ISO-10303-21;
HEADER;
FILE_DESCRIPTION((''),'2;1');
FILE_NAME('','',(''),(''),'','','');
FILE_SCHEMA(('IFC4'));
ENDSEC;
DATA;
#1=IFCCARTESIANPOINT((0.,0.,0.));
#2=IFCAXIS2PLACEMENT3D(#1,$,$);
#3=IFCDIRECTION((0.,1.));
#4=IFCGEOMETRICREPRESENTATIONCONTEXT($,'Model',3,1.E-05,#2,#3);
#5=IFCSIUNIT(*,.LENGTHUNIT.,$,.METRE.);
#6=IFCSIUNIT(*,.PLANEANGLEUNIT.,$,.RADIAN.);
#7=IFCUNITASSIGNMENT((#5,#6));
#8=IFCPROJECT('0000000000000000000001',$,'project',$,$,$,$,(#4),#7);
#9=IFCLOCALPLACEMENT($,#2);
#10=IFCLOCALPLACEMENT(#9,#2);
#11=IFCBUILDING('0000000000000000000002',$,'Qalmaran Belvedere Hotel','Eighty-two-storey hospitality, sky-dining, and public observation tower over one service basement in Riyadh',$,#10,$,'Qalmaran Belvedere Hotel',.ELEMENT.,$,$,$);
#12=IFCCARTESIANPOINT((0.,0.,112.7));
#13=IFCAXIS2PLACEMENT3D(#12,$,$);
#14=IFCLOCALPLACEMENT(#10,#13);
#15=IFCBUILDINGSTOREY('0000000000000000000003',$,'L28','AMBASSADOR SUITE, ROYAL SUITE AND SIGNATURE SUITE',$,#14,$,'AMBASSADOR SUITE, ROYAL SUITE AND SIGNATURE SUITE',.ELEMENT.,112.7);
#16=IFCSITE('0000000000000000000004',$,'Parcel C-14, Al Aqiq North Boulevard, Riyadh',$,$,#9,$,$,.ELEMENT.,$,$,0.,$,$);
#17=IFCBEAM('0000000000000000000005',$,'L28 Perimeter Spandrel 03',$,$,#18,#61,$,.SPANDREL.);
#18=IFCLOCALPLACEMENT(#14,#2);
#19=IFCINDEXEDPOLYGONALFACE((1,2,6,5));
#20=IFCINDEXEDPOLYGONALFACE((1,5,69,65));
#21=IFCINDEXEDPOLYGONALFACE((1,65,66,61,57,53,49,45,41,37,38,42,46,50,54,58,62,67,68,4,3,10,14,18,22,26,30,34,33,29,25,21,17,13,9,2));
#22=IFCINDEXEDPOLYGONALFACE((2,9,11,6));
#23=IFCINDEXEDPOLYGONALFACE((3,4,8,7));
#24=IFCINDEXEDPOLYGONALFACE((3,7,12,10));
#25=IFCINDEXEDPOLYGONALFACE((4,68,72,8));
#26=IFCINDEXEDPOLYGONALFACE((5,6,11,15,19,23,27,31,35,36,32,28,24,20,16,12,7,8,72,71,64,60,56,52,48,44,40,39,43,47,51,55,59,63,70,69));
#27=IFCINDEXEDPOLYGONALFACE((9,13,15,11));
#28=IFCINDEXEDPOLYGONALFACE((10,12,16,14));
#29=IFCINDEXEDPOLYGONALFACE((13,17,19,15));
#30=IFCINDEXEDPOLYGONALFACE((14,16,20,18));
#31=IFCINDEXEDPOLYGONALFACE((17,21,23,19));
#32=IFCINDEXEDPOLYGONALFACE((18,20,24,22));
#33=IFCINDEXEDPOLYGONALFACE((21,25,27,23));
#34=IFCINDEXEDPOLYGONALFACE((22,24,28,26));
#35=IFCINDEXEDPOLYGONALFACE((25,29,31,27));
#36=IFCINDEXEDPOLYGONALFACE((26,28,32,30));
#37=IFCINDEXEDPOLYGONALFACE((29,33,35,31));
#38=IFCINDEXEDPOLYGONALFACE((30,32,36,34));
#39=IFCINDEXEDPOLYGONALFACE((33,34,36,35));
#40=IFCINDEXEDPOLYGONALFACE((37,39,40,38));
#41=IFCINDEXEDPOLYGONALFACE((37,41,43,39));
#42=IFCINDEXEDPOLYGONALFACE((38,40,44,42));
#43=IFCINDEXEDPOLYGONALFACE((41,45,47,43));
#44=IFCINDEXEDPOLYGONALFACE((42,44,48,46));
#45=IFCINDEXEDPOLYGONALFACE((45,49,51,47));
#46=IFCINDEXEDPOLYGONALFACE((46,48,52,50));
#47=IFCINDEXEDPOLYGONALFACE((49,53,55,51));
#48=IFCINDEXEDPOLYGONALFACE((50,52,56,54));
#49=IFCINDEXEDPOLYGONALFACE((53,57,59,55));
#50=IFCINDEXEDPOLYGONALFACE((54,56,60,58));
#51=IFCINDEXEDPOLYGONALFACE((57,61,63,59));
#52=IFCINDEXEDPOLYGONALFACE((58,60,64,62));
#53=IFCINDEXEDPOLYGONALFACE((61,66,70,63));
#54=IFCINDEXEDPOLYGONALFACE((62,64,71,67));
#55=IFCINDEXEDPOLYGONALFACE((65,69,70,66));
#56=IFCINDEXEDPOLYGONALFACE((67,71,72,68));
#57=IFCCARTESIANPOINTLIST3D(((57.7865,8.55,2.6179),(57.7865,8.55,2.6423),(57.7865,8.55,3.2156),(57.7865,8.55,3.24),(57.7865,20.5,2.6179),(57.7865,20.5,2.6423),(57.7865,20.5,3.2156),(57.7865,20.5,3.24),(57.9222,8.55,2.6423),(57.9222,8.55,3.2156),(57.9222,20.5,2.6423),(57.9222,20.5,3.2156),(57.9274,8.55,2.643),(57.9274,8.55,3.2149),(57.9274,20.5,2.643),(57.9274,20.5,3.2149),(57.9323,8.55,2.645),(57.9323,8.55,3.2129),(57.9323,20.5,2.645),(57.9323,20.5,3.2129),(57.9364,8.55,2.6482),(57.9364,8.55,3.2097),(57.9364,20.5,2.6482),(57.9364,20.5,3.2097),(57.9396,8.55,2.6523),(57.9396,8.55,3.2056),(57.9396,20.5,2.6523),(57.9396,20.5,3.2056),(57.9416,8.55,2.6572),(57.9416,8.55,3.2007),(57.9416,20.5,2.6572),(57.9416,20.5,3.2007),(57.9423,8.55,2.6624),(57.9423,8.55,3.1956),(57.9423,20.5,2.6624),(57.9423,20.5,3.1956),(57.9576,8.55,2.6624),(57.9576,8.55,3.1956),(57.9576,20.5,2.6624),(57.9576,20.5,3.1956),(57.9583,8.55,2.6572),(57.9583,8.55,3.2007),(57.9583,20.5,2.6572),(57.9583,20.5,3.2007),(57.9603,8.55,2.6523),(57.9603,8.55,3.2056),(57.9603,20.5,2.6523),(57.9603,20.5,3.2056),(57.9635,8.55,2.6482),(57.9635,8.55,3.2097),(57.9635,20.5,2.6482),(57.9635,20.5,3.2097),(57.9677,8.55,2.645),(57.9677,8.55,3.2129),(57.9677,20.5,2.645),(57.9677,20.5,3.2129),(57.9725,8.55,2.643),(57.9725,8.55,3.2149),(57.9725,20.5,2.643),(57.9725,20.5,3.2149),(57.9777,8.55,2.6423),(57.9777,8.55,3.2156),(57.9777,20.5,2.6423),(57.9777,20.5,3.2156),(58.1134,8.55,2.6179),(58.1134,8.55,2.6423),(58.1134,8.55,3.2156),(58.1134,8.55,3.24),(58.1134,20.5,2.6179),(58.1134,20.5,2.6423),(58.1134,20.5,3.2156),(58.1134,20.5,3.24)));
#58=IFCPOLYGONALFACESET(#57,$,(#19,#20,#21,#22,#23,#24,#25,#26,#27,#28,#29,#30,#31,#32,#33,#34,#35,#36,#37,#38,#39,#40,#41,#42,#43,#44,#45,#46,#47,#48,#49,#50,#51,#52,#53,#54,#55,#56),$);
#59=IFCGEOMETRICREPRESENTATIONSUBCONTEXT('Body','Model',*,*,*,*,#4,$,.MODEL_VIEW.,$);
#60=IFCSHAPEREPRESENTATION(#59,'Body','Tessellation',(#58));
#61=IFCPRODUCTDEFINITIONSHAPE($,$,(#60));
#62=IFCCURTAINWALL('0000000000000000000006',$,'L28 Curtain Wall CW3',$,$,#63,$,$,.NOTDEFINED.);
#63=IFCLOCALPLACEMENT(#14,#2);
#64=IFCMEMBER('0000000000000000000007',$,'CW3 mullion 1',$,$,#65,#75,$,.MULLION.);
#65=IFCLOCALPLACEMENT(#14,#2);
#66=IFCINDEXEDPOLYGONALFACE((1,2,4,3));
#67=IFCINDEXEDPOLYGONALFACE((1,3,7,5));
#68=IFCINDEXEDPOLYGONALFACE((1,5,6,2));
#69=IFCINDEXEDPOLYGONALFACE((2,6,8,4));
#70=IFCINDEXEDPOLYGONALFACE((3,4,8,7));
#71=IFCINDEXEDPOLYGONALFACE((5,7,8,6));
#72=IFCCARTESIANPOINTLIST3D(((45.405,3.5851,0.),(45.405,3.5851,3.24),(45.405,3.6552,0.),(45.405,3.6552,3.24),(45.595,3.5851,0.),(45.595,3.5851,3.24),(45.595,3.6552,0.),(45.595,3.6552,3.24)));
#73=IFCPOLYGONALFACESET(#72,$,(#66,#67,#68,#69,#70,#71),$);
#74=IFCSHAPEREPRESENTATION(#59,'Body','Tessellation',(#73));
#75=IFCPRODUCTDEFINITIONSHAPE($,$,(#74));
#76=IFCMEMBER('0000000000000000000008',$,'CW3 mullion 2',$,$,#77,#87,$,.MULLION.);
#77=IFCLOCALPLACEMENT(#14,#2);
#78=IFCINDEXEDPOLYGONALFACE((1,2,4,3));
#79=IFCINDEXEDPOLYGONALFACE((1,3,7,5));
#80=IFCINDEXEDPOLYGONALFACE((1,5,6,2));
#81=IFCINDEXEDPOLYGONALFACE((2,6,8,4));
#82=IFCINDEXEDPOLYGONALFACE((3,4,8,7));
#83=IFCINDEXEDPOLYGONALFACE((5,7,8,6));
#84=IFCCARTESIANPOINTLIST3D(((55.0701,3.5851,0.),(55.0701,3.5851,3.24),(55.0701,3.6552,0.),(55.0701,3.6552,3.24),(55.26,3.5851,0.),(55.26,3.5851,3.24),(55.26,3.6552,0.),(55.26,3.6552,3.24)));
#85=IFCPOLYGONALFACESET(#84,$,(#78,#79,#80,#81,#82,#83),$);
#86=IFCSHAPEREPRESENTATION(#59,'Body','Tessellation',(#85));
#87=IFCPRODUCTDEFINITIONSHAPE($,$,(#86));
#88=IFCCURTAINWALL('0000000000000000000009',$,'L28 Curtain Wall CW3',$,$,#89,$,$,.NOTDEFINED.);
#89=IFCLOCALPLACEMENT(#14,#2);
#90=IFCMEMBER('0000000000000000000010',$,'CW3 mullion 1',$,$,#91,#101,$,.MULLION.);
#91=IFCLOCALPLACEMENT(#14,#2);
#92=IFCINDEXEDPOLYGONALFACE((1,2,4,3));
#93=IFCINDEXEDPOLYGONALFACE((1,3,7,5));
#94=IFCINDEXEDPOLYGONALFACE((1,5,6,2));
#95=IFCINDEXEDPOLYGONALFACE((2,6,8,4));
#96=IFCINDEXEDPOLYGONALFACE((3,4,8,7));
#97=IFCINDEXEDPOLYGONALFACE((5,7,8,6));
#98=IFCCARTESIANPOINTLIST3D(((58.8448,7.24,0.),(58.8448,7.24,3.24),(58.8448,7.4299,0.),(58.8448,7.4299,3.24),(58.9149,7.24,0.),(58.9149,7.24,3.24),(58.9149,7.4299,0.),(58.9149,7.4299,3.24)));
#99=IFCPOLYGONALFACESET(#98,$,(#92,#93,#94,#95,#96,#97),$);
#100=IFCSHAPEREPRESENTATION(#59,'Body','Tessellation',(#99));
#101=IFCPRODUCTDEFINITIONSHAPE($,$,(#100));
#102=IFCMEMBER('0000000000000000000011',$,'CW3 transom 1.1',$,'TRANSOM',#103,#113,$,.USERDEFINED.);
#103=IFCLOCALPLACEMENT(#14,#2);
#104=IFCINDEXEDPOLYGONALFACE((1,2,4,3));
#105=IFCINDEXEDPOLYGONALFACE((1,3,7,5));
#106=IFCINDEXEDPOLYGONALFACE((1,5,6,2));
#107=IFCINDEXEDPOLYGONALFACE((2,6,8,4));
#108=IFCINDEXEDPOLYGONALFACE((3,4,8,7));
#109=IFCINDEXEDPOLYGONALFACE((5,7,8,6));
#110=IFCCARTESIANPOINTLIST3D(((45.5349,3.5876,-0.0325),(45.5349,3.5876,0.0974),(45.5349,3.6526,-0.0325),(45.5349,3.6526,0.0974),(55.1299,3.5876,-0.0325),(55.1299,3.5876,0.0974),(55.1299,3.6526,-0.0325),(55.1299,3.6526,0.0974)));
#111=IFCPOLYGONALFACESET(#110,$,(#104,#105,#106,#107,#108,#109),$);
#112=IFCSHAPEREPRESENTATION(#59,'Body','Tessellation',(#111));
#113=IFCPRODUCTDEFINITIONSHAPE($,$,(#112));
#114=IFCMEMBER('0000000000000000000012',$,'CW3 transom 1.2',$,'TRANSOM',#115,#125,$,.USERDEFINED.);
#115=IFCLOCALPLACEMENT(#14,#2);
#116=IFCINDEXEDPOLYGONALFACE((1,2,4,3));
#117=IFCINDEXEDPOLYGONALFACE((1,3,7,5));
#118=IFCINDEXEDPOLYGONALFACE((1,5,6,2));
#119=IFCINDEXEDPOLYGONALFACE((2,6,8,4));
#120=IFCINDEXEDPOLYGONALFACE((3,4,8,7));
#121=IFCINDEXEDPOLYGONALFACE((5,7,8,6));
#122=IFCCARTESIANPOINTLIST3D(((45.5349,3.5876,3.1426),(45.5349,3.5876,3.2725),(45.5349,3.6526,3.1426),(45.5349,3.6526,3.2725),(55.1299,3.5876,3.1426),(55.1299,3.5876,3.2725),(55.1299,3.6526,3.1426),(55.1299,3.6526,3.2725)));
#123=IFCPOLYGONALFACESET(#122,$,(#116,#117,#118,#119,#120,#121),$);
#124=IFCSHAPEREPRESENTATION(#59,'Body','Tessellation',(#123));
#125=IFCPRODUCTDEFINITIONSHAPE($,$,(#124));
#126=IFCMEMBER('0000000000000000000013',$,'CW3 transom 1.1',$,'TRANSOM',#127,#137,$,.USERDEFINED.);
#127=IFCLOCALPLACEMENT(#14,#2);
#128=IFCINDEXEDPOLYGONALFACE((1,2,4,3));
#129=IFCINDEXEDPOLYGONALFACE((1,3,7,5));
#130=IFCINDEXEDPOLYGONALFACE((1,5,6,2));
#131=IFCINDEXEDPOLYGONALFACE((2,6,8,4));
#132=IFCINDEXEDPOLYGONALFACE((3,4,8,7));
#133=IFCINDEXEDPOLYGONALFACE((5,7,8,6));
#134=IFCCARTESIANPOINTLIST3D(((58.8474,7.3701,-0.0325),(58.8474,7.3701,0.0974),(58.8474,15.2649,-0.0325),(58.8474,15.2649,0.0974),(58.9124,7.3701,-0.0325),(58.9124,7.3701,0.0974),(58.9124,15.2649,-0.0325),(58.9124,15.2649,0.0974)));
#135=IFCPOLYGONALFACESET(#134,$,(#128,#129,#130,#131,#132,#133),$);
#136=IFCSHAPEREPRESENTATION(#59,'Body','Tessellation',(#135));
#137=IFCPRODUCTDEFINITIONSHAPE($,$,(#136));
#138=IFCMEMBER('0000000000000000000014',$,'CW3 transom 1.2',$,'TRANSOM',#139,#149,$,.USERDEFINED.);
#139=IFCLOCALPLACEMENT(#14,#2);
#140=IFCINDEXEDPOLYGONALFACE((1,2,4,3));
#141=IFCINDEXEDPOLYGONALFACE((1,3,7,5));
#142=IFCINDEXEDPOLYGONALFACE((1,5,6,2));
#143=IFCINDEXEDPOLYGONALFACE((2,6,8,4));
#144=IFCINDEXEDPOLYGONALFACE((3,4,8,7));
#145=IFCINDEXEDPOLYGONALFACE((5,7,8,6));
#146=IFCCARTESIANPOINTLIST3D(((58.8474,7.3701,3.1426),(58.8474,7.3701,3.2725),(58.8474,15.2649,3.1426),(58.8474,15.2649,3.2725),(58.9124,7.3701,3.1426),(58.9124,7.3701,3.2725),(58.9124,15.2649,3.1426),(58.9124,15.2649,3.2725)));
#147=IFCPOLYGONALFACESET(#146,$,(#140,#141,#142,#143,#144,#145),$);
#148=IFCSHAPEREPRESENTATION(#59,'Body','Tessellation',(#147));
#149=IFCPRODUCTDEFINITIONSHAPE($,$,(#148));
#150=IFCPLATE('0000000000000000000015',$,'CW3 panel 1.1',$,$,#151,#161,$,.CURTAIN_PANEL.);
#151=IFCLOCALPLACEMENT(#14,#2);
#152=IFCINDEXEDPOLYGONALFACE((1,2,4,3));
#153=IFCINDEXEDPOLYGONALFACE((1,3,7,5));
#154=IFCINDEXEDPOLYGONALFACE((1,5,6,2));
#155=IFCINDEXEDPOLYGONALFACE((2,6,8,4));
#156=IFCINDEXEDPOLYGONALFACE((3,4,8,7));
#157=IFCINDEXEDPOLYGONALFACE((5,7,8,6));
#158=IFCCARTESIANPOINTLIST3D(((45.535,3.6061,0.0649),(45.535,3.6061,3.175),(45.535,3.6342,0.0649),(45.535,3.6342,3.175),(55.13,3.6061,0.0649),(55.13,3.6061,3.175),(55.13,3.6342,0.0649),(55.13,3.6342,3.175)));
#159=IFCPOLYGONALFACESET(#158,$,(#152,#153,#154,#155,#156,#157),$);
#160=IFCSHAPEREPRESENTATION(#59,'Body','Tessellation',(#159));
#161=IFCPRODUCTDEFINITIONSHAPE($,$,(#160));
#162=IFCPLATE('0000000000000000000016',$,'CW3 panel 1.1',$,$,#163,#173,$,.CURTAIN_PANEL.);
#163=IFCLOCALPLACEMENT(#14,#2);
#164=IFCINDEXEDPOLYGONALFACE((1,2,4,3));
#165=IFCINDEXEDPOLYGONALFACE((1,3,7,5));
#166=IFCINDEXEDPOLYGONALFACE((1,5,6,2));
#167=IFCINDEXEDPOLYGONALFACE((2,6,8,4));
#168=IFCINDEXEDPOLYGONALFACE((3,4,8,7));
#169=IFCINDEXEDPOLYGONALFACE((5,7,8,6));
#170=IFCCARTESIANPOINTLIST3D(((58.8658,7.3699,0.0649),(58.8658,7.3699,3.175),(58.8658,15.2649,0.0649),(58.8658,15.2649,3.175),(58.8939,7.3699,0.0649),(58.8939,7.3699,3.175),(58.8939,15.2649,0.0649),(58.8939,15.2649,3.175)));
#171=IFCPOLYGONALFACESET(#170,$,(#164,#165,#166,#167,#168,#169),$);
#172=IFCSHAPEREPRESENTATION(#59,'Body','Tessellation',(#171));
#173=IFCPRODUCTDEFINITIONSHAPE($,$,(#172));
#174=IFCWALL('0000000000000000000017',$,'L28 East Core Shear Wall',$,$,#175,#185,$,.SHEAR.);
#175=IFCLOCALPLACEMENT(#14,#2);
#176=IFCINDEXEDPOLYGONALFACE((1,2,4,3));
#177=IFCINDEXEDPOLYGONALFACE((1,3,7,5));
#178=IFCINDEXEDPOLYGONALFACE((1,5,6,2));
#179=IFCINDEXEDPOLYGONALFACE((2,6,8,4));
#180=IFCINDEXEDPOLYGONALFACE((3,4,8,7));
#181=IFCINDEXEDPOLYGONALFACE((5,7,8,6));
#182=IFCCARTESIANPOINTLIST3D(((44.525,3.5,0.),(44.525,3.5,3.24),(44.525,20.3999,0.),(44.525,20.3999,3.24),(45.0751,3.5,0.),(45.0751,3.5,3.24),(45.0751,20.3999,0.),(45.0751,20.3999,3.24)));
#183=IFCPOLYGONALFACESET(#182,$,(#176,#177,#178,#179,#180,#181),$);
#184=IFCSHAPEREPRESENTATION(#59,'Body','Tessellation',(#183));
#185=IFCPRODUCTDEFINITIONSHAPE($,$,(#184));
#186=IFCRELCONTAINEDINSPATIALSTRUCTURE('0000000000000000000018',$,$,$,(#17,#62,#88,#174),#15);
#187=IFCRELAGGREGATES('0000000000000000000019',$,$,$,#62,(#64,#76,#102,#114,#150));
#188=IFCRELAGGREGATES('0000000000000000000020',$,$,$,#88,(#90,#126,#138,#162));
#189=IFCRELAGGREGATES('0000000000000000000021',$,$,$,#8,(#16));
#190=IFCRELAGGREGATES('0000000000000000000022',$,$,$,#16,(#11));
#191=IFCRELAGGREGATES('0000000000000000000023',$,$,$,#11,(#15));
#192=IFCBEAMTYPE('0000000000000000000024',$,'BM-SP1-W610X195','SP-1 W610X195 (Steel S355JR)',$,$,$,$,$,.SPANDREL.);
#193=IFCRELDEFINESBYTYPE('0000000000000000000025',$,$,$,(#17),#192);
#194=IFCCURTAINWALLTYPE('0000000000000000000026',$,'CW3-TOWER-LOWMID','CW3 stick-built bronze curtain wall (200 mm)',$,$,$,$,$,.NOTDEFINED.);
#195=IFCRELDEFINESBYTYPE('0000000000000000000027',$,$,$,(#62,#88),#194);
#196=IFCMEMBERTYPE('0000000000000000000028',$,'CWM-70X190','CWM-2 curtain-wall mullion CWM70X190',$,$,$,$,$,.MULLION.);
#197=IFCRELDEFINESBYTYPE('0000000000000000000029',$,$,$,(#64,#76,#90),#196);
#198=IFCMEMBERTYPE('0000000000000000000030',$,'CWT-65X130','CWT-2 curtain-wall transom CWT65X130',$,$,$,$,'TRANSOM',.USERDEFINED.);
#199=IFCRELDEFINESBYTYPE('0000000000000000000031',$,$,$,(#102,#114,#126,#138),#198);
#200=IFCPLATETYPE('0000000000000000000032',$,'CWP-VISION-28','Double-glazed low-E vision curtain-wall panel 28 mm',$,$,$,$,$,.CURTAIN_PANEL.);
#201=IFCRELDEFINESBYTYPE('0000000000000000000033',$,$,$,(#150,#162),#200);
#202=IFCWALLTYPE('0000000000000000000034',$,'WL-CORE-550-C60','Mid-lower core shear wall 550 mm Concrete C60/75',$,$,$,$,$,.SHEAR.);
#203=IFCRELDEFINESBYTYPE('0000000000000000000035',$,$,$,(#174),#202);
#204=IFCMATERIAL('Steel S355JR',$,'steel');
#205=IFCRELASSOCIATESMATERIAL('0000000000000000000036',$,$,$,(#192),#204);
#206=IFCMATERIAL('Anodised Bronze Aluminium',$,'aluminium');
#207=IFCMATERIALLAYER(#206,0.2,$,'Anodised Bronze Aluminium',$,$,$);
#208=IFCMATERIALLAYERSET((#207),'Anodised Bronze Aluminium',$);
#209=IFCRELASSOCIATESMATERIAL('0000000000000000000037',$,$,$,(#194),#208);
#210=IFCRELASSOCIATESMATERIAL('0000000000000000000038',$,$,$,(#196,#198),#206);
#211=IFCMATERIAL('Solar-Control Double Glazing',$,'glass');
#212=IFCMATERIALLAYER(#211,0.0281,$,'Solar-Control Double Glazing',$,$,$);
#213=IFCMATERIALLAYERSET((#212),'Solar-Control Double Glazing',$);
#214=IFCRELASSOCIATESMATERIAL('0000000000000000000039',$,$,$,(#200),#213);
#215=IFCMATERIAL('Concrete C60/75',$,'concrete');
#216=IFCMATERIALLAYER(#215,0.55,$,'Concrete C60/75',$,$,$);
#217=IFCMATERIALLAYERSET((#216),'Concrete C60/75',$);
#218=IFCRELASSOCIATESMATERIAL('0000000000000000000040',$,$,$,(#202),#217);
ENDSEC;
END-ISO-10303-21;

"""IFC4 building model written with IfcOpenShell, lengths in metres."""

from ifc_helpers import new_model, si_unit, direction, frame, frame_2d, origin, origin_2d, place, context, subcontext, project, spatial, rectangle, i_section, extrude, material, layer, layer_set, material_profile, profile_set, type_object, element, aggregate, save


model = new_model("IFC4")

# Units and contexts
model_context = context("Model", 3, precision=1e-05, world=origin(), true_north=direction((0.0, 1.0)))
body_context = subcontext(model_context, "Body", "Model", "MODEL_VIEW")
ifc_project = project(units=[si_unit("LENGTHUNIT", "METRE"), si_unit("PLANEANGLEUNIT", "RADIAN")], contexts=[model_context])

# Site, building, storey
site_placement = place(None, origin())
site = spatial("IfcSite", under=ifc_project, at=site_placement, Name="Parcel C-14, Al Aqiq North Boulevard, Riyadh", CompositionType="ELEMENT", RefElevation=0.0)
building_placement = place(site_placement, origin())
building = spatial("IfcBuilding", under=site, at=building_placement, Name="Qalmaran Belvedere Hotel", Description="Eighty-two-storey hospitality, sky-dining, and public observation tower over one service basement in Riyadh", LongName="Qalmaran Belvedere Hotel", CompositionType="ELEMENT")
storey_placement = place(building_placement, frame((0.0, 0.0, 112.7)))
storey = spatial("IfcBuildingStorey", under=building, at=storey_placement, Name="L28", Description="AMBASSADOR SUITE, ROYAL SUITE AND SIGNATURE SUITE", LongName="AMBASSADOR SUITE, ROYAL SUITE AND SIGNATURE SUITE", CompositionType="ELEMENT", Elevation=112.7)

# Shared definitions
ifc_material_1 = material(Name="Concrete C60/75", Category="concrete")

# Beam
ifc_material_2 = material(Name="Steel S355JR", Category="steel")
ifc_material_profile_1 = material_profile(ifc_material_2, i_section(OverallWidth=0.3269, OverallDepth=0.6221, WebThickness=0.0154, FlangeThickness=0.0244, FilletRadius=0.02, at=origin_2d()), Name="W610X195")
ifc_profile_set_1 = profile_set([ifc_material_profile_1], Name="Steel S355JR")
beam_type_1 = type_object("IfcBeamType", Name="BM-SP1-W610X195", Description="SP-1 W610X195 (Steel S355JR)", PredefinedType="SPANDREL", material=ifc_profile_set_1)
beam_1_placement = place(storey_placement, frame((57.95, 8.55, 2.929), z_axis=(0.0, 1.0, 0.0), x_axis=(-1.0, 0.0, 0.0)))
element("IfcBeam", 1, at=beam_1_placement, inside=storey, type_object=beam_type_1, Name="L28 Perimeter Spandrel 03", PredefinedType="SPANDREL", context=body_context, shape_type="SweptSolid", body=[
    extrude(i_section(OverallWidth=0.3269, OverallDepth=0.6221, WebThickness=0.0154, FlangeThickness=0.0244, FilletRadius=0.02, at=origin_2d()), origin(), (0.0, 0.0, 1.0), 11.95),
])

# Curtain wall, members
ifc_material_3 = material(Name="Anodised Bronze Aluminium", Category="aluminium")
ifc_layer_1 = layer(ifc_material_3, 0.2, Name="Anodised Bronze Aluminium")
ifc_layer_set_1 = layer_set([ifc_layer_1], Name="Anodised Bronze Aluminium")
curtain_wall_type = type_object("IfcCurtainWallType", Name="CW3-TOWER-LOWMID", Description="CW3 stick-built bronze curtain wall (200 mm)", PredefinedType="NOTDEFINED", material=ifc_layer_set_1)
curtain_wall_1_placement = place(storey_placement, origin())
curtain_wall_1 = element("IfcCurtainWall", 2, at=curtain_wall_1_placement, inside=storey, type_object=curtain_wall_type, Name="L28 Curtain Wall CW3", PredefinedType="NOTDEFINED")
ifc_material_profile_2 = material_profile(ifc_material_3, rectangle(XDim=0.0701, YDim=0.1899, at=origin_2d()), Name="CWM70X190")
ifc_profile_set_2 = profile_set([ifc_material_profile_2], Name="Anodised Bronze Aluminium")
member_type_1 = type_object("IfcMemberType", Name="CWM-70X190", Description="CWM-2 curtain-wall mullion CWM70X190", PredefinedType="MULLION", material=ifc_profile_set_2)
member_1_placement = place(storey_placement, frame((45.5, 3.6201, 0.0), z_axis=(0.0, 0.0, 1.0), x_axis=(0.0, 1.0, 0.0)))
member_1 = element("IfcMember", 3, at=member_1_placement, type_object=member_type_1, Name="CW3 mullion 1", PredefinedType="MULLION", context=body_context, shape_type="SweptSolid", body=[
    extrude(rectangle(XDim=0.0701, YDim=0.1899, at=origin_2d()), origin(), (0.0, 0.0, 1.0), 3.24),
])
member_2_placement = place(storey_placement, frame((55.165, 3.6201, 0.0), z_axis=(0.0, 0.0, 1.0), x_axis=(0.0, 1.0, 0.0)))
member_2 = element("IfcMember", 4, at=member_2_placement, type_object=member_type_1, Name="CW3 mullion 2", PredefinedType="MULLION", context=body_context, shape_type="SweptSolid", body=[
    extrude(rectangle(XDim=0.0701, YDim=0.1899, at=origin_2d()), origin(), (0.0, 0.0, 1.0), 3.24),
])

# Curtain wall, member
curtain_wall_2_placement = place(storey_placement, origin())
curtain_wall_2 = element("IfcCurtainWall", 5, at=curtain_wall_2_placement, inside=storey, type_object=curtain_wall_type, Name="L28 Curtain Wall CW3", PredefinedType="NOTDEFINED")
member_3_placement = place(storey_placement, frame((58.8799, 7.335, 0.0), z_axis=(0.0, 0.0, 1.0), x_axis=(-1.0, 0.0, 0.0)))
member_3 = element("IfcMember", 6, at=member_3_placement, type_object=member_type_1, Name="CW3 mullion 1", PredefinedType="MULLION", context=body_context, shape_type="SweptSolid", body=[
    extrude(rectangle(XDim=0.0701, YDim=0.1899, at=origin_2d()), origin(), (0.0, 0.0, 1.0), 3.24),
])

# Members
ifc_material_profile_3 = material_profile(ifc_material_3, rectangle(XDim=0.0649, YDim=0.1299, at=origin_2d()), Name="CWT65X130")
ifc_profile_set_3 = profile_set([ifc_material_profile_3], Name="Anodised Bronze Aluminium")
member_type_2 = type_object("IfcMemberType", Name="CWT-65X130", Description="CWT-2 curtain-wall transom CWT65X130", ElementType="TRANSOM", PredefinedType="USERDEFINED", material=ifc_profile_set_3)
member_4_placement = place(storey_placement, frame((45.5349, 3.6201, 0.0325), z_axis=(1.0, 0.0, 0.0), x_axis=(0.0, 1.0, 0.0)))
member_4 = element("IfcMember", 7, at=member_4_placement, type_object=member_type_2, Name="CW3 transom 1.1", ObjectType="TRANSOM", PredefinedType="USERDEFINED", context=body_context, shape_type="SweptSolid", body=[
    extrude(rectangle(XDim=0.0649, YDim=0.1299, at=origin_2d()), origin(), (0.0, 0.0, 1.0), 9.595),
])
member_5_placement = place(storey_placement, frame((45.5349, 3.6201, 3.2075), z_axis=(1.0, 0.0, 0.0), x_axis=(0.0, 1.0, 0.0)))
member_5 = element("IfcMember", 8, at=member_5_placement, type_object=member_type_2, Name="CW3 transom 1.2", ObjectType="TRANSOM", PredefinedType="USERDEFINED", context=body_context, shape_type="SweptSolid", body=[
    extrude(rectangle(XDim=0.0649, YDim=0.1299, at=origin_2d()), origin(), (0.0, 0.0, 1.0), 9.595),
])
member_6_placement = place(storey_placement, frame((58.8799, 7.3701, 0.0325), z_axis=(0.0, 1.0, 0.0), x_axis=(-1.0, 0.0, 0.0)))
member_6 = element("IfcMember", 9, at=member_6_placement, type_object=member_type_2, Name="CW3 transom 1.1", ObjectType="TRANSOM", PredefinedType="USERDEFINED", context=body_context, shape_type="SweptSolid", body=[
    extrude(rectangle(XDim=0.0649, YDim=0.1299, at=origin_2d()), origin(), (0.0, 0.0, 1.0), 7.8948),
])
member_7_placement = place(storey_placement, frame((58.8799, 7.3701, 3.2075), z_axis=(0.0, 1.0, 0.0), x_axis=(-1.0, 0.0, 0.0)))
member_7 = element("IfcMember", 10, at=member_7_placement, type_object=member_type_2, Name="CW3 transom 1.2", ObjectType="TRANSOM", PredefinedType="USERDEFINED", context=body_context, shape_type="SweptSolid", body=[
    extrude(rectangle(XDim=0.0649, YDim=0.1299, at=origin_2d()), origin(), (0.0, 0.0, 1.0), 7.8948),
])

# Plates
ifc_material_4 = material(Name="Solar-Control Double Glazing", Category="glass")
ifc_layer_2 = layer(ifc_material_4, 0.0281, Name="Solar-Control Double Glazing")
ifc_layer_set_2 = layer_set([ifc_layer_2], Name="Solar-Control Double Glazing")
plate_type = type_object("IfcPlateType", Name="CWP-VISION-28", Description="Double-glazed low-E vision curtain-wall panel 28 mm", PredefinedType="CURTAIN_PANEL", material=ifc_layer_set_2)
plate_1_placement = place(storey_placement, frame((50.3325, 3.6201, 0.0649), z_axis=(0.0, 0.0, 1.0), x_axis=(1.0, 0.0, 0.0)))
plate_1 = element("IfcPlate", 11, at=plate_1_placement, type_object=plate_type, Name="CW3 panel 1.1", PredefinedType="CURTAIN_PANEL", context=body_context, shape_type="SweptSolid", body=[
    extrude(rectangle(XDim=9.595, YDim=0.0281, at=origin_2d()), origin(), (0.0, 0.0, 1.0), 3.1101),
])
aggregate(curtain_wall_1, [member_1, member_2, member_4, member_5, plate_1])
plate_2_placement = place(storey_placement, frame((58.8799, 11.3174, 0.0649), z_axis=(0.0, 0.0, 1.0), x_axis=(0.0, 1.0, 0.0)))
plate_2 = element("IfcPlate", 12, at=plate_2_placement, type_object=plate_type, Name="CW3 panel 1.1", PredefinedType="CURTAIN_PANEL", context=body_context, shape_type="SweptSolid", body=[
    extrude(rectangle(XDim=7.895, YDim=0.0281, at=origin_2d()), origin(), (0.0, 0.0, 1.0), 3.1101),
])
aggregate(curtain_wall_2, [member_3, member_6, member_7, plate_2])

# Wall
ifc_layer_3 = layer(ifc_material_1, 0.55, Name="Concrete C60/75")
ifc_layer_set_3 = layer_set([ifc_layer_3], Name="Concrete C60/75")
wall_type_1 = type_object("IfcWallType", Name="WL-CORE-550-C60", Description="Mid-lower core shear wall 550 mm Concrete C60/75", PredefinedType="SHEAR", material=ifc_layer_set_3)
wall_1_placement = place(storey_placement, frame((44.8, 3.5, 0.0), z_axis=(0.0, 0.0, 1.0), x_axis=(0.0, 1.0, 0.0)))
element("IfcWall", 13, at=wall_1_placement, inside=storey, type_object=wall_type_1, Name="L28 East Core Shear Wall", PredefinedType="SHEAR", context=body_context, shape_type="SweptSolid", body=[
    extrude(rectangle(XDim=16.8999, YDim=0.55, at=frame_2d((8.45, 0.0))), origin(), (0.0, 0.0, 1.0), 3.24),
])

save(model, "model.ifc")
